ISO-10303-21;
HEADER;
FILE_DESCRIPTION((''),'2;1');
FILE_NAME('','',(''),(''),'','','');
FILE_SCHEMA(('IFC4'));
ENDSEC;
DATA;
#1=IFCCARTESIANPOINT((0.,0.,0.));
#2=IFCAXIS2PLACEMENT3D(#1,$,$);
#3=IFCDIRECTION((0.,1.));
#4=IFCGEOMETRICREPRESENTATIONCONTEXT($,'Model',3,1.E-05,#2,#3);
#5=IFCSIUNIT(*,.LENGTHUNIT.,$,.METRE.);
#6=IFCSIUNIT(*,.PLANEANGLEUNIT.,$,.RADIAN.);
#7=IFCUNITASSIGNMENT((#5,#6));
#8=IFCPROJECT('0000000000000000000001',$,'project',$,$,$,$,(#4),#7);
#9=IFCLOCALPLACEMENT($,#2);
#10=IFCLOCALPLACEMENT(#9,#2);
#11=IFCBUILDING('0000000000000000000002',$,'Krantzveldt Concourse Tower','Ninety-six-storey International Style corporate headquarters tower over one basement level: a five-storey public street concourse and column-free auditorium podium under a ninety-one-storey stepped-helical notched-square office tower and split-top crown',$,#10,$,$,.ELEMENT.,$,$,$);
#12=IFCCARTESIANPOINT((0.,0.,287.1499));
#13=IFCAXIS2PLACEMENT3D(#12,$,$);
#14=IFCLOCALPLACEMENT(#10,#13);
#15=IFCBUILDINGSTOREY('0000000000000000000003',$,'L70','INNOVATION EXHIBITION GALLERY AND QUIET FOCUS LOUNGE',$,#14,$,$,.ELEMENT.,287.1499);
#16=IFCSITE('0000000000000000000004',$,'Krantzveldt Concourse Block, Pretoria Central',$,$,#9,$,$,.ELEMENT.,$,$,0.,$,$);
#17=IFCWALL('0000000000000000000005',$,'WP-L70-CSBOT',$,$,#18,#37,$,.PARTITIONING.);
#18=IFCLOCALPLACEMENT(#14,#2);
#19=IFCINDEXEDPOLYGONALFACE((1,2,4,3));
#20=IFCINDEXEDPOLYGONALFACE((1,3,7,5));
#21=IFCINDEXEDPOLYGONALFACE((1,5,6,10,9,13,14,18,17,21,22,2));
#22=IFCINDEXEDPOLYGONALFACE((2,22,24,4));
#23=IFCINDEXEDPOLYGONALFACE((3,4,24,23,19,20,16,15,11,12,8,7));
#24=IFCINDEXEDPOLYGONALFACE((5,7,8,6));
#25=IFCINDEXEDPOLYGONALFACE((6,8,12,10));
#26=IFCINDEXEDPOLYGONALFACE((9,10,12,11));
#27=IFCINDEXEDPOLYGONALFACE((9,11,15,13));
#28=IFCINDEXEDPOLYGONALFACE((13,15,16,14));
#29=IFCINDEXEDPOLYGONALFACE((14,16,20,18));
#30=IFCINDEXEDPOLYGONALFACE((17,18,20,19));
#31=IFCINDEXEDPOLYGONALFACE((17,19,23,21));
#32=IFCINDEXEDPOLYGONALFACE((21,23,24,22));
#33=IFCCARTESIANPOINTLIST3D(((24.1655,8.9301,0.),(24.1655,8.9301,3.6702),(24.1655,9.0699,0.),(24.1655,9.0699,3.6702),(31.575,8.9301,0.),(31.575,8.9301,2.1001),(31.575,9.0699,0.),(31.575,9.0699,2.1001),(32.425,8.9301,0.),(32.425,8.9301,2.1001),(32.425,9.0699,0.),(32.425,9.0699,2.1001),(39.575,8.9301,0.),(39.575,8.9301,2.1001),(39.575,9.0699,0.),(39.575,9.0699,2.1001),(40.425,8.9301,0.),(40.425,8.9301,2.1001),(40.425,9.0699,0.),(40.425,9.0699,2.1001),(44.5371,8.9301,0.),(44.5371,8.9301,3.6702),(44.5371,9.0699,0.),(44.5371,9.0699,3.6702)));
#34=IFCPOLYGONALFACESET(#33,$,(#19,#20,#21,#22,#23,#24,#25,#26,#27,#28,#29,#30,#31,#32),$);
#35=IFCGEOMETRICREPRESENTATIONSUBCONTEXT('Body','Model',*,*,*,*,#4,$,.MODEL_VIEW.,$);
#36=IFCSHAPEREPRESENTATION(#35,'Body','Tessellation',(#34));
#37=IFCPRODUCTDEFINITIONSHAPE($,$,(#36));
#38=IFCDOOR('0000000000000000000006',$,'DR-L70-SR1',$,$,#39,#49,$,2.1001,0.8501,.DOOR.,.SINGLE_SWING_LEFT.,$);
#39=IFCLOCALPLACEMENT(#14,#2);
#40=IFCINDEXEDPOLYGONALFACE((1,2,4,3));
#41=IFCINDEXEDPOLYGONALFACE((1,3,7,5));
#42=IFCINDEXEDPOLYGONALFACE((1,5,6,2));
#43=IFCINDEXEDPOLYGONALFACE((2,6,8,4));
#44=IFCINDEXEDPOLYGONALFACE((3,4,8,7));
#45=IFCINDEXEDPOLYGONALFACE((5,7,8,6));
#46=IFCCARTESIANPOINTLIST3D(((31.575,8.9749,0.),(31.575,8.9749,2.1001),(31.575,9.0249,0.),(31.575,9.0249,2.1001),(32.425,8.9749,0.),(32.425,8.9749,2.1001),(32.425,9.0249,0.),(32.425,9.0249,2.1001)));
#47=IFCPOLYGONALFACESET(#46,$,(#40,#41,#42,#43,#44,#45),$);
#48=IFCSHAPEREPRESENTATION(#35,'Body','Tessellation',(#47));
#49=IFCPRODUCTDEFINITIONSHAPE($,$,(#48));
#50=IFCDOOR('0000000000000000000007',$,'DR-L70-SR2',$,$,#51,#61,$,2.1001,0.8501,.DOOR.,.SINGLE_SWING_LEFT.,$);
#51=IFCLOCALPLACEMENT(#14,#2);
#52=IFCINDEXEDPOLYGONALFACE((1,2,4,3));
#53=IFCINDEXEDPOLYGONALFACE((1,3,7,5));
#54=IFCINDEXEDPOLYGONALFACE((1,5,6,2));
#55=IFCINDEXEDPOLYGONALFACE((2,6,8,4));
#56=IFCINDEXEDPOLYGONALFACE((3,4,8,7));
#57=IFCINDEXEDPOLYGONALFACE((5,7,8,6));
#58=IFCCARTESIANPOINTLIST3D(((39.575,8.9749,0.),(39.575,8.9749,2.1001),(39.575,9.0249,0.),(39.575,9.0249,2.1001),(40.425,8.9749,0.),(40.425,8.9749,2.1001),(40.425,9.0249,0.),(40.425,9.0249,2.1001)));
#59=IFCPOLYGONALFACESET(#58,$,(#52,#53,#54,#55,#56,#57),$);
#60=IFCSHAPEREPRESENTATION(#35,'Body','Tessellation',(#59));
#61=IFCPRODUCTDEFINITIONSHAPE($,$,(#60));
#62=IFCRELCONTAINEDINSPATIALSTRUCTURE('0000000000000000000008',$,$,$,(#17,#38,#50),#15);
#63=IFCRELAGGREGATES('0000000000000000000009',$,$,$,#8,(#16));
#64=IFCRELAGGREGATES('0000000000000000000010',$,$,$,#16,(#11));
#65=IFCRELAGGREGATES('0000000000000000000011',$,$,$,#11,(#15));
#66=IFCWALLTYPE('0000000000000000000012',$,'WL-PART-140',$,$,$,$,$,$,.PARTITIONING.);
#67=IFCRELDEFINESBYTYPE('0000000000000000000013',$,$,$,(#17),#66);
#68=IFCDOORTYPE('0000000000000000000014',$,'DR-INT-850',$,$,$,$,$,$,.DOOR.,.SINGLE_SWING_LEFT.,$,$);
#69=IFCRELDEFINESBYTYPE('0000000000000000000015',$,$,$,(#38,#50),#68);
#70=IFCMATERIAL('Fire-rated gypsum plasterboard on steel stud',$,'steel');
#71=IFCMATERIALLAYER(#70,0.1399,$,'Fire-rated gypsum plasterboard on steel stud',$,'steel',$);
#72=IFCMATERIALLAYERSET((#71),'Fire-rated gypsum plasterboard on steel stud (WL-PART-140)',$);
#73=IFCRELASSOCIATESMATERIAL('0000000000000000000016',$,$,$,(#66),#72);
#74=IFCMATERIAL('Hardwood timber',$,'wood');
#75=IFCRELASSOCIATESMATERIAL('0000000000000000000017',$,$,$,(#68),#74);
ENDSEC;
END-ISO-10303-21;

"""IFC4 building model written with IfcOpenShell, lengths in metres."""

from ifc_helpers import new_model, si_unit, direction, frame, frame_2d, origin, place, context, subcontext, project, spatial, rectangle, extrude, material, layer, layer_set, type_object, element, fill, save


model = new_model("IFC4")

# Units and contexts
model_context = context("Model", 3, precision=1e-05, world=origin(), true_north=direction((0.0, 1.0)))
body_context = subcontext(model_context, "Body", "Model", "MODEL_VIEW")
ifc_project = project(units=[si_unit("LENGTHUNIT", "METRE"), si_unit("PLANEANGLEUNIT", "RADIAN")], contexts=[model_context])

# Site, building, storey
site_placement = place(None, origin())
site = spatial("IfcSite", under=ifc_project, at=site_placement, Name="Krantzveldt Concourse Block, Pretoria Central", CompositionType="ELEMENT", RefElevation=0.0)
building_placement = place(site_placement, origin())
building = spatial("IfcBuilding", under=site, at=building_placement, Name="Krantzveldt Concourse Tower", Description="Ninety-six-storey International Style corporate headquarters tower over one basement level: a five-storey public street concourse and column-free auditorium podium under a ninety-one-storey stepped-helical notched-square office tower and split-top crown", CompositionType="ELEMENT")
storey_placement = place(building_placement, frame((0.0, 0.0, 287.1499)))
storey = spatial("IfcBuildingStorey", under=building, at=storey_placement, Name="L70", Description="INNOVATION EXHIBITION GALLERY AND QUIET FOCUS LOUNGE", CompositionType="ELEMENT", Elevation=287.1499)

# Wall, openings, doors
ifc_material_1 = material(Name="Fire-rated gypsum plasterboard on steel stud", Category="steel")
ifc_layer_1 = layer(ifc_material_1, 0.1399, Name="Fire-rated gypsum plasterboard on steel stud", Category="steel")
ifc_layer_set_1 = layer_set([ifc_layer_1], Name="Fire-rated gypsum plasterboard on steel stud (WL-PART-140)")
wall_type = type_object("IfcWallType", Name="WL-PART-140", PredefinedType="PARTITIONING", material=ifc_layer_set_1)
wall_placement = place(storey_placement, frame((24.1655, 9.0, 0.0), z_axis=(0.0, 0.0, 1.0), x_axis=(1.0, 0.0, 0.0)))
wall = element("IfcWall", 1, at=wall_placement, inside=storey, type_object=wall_type, Name="WP-L70-CSBOT", PredefinedType="PARTITIONING", context=body_context, shape_type="SweptSolid", body=[
    extrude(rectangle(XDim=20.3716, YDim=0.1399, at=frame_2d((10.1858, 0.0))), origin(), (0.0, 0.0, 1.0), 3.6702),
])
opening_1_placement = place(wall_placement, frame((7.4094, 0.0, 0.0)))
opening_1 = element("IfcOpeningElement", 2, at=opening_1_placement, cuts=wall, PredefinedType="OPENING", context=body_context, shape_type="SweptSolid", body=[
    extrude(rectangle(XDim=0.8501, YDim=2.1001, at=frame_2d((0.425, 1.05))), frame((0.0, 0.0801, 0.0), z_axis=(0.0, -1.0, 0.0), x_axis=(1.0, 0.0, 0.0)), (0.0, 0.0, 1.0), 0.1599),
])
opening_2_placement = place(wall_placement, frame((15.4094, 0.0, 0.0)))
opening_2 = element("IfcOpeningElement", 3, at=opening_2_placement, cuts=wall, PredefinedType="OPENING", context=body_context, shape_type="SweptSolid", body=[
    extrude(rectangle(XDim=0.8501, YDim=2.1001, at=frame_2d((0.425, 1.05))), frame((0.0, 0.0801, 0.0), z_axis=(0.0, -1.0, 0.0), x_axis=(1.0, 0.0, 0.0)), (0.0, 0.0, 1.0), 0.1599),
])
ifc_material_2 = material(Name="Hardwood timber", Category="wood")
door_type = type_object("IfcDoorType", Name="DR-INT-850", OperationType="SINGLE_SWING_LEFT", PredefinedType="DOOR", material=ifc_material_2)
door_1_placement = place(opening_1_placement, origin())
door_1 = element("IfcDoor", 4, at=door_1_placement, inside=storey, type_object=door_type, Name="DR-L70-SR1", OperationType="SINGLE_SWING_LEFT", OverallHeight=2.1001, OverallWidth=0.8501, PredefinedType="DOOR", context=body_context, shape_type="SweptSolid", body=[
    extrude(rectangle(XDim=0.8501, YDim=2.1001, at=frame_2d((0.425, 1.05))), frame((0.0, 0.0249, 0.0), z_axis=(0.0, -1.0, 0.0), x_axis=(1.0, 0.0, 0.0)), (0.0, 0.0, 1.0), 0.05),
])
fill(opening_1, door_1)
door_2_placement = place(opening_2_placement, origin())
door_2 = element("IfcDoor", 5, at=door_2_placement, inside=storey, type_object=door_type, Name="DR-L70-SR2", OperationType="SINGLE_SWING_LEFT", OverallHeight=2.1001, OverallWidth=0.8501, PredefinedType="DOOR", context=body_context, shape_type="SweptSolid", body=[
    extrude(rectangle(XDim=0.8501, YDim=2.1001, at=frame_2d((0.425, 1.05))), frame((0.0, 0.0249, 0.0), z_axis=(0.0, -1.0, 0.0), x_axis=(1.0, 0.0, 0.0)), (0.0, 0.0, 1.0), 0.05),
])
fill(opening_2, door_2)

save(model, "model.ifc")
